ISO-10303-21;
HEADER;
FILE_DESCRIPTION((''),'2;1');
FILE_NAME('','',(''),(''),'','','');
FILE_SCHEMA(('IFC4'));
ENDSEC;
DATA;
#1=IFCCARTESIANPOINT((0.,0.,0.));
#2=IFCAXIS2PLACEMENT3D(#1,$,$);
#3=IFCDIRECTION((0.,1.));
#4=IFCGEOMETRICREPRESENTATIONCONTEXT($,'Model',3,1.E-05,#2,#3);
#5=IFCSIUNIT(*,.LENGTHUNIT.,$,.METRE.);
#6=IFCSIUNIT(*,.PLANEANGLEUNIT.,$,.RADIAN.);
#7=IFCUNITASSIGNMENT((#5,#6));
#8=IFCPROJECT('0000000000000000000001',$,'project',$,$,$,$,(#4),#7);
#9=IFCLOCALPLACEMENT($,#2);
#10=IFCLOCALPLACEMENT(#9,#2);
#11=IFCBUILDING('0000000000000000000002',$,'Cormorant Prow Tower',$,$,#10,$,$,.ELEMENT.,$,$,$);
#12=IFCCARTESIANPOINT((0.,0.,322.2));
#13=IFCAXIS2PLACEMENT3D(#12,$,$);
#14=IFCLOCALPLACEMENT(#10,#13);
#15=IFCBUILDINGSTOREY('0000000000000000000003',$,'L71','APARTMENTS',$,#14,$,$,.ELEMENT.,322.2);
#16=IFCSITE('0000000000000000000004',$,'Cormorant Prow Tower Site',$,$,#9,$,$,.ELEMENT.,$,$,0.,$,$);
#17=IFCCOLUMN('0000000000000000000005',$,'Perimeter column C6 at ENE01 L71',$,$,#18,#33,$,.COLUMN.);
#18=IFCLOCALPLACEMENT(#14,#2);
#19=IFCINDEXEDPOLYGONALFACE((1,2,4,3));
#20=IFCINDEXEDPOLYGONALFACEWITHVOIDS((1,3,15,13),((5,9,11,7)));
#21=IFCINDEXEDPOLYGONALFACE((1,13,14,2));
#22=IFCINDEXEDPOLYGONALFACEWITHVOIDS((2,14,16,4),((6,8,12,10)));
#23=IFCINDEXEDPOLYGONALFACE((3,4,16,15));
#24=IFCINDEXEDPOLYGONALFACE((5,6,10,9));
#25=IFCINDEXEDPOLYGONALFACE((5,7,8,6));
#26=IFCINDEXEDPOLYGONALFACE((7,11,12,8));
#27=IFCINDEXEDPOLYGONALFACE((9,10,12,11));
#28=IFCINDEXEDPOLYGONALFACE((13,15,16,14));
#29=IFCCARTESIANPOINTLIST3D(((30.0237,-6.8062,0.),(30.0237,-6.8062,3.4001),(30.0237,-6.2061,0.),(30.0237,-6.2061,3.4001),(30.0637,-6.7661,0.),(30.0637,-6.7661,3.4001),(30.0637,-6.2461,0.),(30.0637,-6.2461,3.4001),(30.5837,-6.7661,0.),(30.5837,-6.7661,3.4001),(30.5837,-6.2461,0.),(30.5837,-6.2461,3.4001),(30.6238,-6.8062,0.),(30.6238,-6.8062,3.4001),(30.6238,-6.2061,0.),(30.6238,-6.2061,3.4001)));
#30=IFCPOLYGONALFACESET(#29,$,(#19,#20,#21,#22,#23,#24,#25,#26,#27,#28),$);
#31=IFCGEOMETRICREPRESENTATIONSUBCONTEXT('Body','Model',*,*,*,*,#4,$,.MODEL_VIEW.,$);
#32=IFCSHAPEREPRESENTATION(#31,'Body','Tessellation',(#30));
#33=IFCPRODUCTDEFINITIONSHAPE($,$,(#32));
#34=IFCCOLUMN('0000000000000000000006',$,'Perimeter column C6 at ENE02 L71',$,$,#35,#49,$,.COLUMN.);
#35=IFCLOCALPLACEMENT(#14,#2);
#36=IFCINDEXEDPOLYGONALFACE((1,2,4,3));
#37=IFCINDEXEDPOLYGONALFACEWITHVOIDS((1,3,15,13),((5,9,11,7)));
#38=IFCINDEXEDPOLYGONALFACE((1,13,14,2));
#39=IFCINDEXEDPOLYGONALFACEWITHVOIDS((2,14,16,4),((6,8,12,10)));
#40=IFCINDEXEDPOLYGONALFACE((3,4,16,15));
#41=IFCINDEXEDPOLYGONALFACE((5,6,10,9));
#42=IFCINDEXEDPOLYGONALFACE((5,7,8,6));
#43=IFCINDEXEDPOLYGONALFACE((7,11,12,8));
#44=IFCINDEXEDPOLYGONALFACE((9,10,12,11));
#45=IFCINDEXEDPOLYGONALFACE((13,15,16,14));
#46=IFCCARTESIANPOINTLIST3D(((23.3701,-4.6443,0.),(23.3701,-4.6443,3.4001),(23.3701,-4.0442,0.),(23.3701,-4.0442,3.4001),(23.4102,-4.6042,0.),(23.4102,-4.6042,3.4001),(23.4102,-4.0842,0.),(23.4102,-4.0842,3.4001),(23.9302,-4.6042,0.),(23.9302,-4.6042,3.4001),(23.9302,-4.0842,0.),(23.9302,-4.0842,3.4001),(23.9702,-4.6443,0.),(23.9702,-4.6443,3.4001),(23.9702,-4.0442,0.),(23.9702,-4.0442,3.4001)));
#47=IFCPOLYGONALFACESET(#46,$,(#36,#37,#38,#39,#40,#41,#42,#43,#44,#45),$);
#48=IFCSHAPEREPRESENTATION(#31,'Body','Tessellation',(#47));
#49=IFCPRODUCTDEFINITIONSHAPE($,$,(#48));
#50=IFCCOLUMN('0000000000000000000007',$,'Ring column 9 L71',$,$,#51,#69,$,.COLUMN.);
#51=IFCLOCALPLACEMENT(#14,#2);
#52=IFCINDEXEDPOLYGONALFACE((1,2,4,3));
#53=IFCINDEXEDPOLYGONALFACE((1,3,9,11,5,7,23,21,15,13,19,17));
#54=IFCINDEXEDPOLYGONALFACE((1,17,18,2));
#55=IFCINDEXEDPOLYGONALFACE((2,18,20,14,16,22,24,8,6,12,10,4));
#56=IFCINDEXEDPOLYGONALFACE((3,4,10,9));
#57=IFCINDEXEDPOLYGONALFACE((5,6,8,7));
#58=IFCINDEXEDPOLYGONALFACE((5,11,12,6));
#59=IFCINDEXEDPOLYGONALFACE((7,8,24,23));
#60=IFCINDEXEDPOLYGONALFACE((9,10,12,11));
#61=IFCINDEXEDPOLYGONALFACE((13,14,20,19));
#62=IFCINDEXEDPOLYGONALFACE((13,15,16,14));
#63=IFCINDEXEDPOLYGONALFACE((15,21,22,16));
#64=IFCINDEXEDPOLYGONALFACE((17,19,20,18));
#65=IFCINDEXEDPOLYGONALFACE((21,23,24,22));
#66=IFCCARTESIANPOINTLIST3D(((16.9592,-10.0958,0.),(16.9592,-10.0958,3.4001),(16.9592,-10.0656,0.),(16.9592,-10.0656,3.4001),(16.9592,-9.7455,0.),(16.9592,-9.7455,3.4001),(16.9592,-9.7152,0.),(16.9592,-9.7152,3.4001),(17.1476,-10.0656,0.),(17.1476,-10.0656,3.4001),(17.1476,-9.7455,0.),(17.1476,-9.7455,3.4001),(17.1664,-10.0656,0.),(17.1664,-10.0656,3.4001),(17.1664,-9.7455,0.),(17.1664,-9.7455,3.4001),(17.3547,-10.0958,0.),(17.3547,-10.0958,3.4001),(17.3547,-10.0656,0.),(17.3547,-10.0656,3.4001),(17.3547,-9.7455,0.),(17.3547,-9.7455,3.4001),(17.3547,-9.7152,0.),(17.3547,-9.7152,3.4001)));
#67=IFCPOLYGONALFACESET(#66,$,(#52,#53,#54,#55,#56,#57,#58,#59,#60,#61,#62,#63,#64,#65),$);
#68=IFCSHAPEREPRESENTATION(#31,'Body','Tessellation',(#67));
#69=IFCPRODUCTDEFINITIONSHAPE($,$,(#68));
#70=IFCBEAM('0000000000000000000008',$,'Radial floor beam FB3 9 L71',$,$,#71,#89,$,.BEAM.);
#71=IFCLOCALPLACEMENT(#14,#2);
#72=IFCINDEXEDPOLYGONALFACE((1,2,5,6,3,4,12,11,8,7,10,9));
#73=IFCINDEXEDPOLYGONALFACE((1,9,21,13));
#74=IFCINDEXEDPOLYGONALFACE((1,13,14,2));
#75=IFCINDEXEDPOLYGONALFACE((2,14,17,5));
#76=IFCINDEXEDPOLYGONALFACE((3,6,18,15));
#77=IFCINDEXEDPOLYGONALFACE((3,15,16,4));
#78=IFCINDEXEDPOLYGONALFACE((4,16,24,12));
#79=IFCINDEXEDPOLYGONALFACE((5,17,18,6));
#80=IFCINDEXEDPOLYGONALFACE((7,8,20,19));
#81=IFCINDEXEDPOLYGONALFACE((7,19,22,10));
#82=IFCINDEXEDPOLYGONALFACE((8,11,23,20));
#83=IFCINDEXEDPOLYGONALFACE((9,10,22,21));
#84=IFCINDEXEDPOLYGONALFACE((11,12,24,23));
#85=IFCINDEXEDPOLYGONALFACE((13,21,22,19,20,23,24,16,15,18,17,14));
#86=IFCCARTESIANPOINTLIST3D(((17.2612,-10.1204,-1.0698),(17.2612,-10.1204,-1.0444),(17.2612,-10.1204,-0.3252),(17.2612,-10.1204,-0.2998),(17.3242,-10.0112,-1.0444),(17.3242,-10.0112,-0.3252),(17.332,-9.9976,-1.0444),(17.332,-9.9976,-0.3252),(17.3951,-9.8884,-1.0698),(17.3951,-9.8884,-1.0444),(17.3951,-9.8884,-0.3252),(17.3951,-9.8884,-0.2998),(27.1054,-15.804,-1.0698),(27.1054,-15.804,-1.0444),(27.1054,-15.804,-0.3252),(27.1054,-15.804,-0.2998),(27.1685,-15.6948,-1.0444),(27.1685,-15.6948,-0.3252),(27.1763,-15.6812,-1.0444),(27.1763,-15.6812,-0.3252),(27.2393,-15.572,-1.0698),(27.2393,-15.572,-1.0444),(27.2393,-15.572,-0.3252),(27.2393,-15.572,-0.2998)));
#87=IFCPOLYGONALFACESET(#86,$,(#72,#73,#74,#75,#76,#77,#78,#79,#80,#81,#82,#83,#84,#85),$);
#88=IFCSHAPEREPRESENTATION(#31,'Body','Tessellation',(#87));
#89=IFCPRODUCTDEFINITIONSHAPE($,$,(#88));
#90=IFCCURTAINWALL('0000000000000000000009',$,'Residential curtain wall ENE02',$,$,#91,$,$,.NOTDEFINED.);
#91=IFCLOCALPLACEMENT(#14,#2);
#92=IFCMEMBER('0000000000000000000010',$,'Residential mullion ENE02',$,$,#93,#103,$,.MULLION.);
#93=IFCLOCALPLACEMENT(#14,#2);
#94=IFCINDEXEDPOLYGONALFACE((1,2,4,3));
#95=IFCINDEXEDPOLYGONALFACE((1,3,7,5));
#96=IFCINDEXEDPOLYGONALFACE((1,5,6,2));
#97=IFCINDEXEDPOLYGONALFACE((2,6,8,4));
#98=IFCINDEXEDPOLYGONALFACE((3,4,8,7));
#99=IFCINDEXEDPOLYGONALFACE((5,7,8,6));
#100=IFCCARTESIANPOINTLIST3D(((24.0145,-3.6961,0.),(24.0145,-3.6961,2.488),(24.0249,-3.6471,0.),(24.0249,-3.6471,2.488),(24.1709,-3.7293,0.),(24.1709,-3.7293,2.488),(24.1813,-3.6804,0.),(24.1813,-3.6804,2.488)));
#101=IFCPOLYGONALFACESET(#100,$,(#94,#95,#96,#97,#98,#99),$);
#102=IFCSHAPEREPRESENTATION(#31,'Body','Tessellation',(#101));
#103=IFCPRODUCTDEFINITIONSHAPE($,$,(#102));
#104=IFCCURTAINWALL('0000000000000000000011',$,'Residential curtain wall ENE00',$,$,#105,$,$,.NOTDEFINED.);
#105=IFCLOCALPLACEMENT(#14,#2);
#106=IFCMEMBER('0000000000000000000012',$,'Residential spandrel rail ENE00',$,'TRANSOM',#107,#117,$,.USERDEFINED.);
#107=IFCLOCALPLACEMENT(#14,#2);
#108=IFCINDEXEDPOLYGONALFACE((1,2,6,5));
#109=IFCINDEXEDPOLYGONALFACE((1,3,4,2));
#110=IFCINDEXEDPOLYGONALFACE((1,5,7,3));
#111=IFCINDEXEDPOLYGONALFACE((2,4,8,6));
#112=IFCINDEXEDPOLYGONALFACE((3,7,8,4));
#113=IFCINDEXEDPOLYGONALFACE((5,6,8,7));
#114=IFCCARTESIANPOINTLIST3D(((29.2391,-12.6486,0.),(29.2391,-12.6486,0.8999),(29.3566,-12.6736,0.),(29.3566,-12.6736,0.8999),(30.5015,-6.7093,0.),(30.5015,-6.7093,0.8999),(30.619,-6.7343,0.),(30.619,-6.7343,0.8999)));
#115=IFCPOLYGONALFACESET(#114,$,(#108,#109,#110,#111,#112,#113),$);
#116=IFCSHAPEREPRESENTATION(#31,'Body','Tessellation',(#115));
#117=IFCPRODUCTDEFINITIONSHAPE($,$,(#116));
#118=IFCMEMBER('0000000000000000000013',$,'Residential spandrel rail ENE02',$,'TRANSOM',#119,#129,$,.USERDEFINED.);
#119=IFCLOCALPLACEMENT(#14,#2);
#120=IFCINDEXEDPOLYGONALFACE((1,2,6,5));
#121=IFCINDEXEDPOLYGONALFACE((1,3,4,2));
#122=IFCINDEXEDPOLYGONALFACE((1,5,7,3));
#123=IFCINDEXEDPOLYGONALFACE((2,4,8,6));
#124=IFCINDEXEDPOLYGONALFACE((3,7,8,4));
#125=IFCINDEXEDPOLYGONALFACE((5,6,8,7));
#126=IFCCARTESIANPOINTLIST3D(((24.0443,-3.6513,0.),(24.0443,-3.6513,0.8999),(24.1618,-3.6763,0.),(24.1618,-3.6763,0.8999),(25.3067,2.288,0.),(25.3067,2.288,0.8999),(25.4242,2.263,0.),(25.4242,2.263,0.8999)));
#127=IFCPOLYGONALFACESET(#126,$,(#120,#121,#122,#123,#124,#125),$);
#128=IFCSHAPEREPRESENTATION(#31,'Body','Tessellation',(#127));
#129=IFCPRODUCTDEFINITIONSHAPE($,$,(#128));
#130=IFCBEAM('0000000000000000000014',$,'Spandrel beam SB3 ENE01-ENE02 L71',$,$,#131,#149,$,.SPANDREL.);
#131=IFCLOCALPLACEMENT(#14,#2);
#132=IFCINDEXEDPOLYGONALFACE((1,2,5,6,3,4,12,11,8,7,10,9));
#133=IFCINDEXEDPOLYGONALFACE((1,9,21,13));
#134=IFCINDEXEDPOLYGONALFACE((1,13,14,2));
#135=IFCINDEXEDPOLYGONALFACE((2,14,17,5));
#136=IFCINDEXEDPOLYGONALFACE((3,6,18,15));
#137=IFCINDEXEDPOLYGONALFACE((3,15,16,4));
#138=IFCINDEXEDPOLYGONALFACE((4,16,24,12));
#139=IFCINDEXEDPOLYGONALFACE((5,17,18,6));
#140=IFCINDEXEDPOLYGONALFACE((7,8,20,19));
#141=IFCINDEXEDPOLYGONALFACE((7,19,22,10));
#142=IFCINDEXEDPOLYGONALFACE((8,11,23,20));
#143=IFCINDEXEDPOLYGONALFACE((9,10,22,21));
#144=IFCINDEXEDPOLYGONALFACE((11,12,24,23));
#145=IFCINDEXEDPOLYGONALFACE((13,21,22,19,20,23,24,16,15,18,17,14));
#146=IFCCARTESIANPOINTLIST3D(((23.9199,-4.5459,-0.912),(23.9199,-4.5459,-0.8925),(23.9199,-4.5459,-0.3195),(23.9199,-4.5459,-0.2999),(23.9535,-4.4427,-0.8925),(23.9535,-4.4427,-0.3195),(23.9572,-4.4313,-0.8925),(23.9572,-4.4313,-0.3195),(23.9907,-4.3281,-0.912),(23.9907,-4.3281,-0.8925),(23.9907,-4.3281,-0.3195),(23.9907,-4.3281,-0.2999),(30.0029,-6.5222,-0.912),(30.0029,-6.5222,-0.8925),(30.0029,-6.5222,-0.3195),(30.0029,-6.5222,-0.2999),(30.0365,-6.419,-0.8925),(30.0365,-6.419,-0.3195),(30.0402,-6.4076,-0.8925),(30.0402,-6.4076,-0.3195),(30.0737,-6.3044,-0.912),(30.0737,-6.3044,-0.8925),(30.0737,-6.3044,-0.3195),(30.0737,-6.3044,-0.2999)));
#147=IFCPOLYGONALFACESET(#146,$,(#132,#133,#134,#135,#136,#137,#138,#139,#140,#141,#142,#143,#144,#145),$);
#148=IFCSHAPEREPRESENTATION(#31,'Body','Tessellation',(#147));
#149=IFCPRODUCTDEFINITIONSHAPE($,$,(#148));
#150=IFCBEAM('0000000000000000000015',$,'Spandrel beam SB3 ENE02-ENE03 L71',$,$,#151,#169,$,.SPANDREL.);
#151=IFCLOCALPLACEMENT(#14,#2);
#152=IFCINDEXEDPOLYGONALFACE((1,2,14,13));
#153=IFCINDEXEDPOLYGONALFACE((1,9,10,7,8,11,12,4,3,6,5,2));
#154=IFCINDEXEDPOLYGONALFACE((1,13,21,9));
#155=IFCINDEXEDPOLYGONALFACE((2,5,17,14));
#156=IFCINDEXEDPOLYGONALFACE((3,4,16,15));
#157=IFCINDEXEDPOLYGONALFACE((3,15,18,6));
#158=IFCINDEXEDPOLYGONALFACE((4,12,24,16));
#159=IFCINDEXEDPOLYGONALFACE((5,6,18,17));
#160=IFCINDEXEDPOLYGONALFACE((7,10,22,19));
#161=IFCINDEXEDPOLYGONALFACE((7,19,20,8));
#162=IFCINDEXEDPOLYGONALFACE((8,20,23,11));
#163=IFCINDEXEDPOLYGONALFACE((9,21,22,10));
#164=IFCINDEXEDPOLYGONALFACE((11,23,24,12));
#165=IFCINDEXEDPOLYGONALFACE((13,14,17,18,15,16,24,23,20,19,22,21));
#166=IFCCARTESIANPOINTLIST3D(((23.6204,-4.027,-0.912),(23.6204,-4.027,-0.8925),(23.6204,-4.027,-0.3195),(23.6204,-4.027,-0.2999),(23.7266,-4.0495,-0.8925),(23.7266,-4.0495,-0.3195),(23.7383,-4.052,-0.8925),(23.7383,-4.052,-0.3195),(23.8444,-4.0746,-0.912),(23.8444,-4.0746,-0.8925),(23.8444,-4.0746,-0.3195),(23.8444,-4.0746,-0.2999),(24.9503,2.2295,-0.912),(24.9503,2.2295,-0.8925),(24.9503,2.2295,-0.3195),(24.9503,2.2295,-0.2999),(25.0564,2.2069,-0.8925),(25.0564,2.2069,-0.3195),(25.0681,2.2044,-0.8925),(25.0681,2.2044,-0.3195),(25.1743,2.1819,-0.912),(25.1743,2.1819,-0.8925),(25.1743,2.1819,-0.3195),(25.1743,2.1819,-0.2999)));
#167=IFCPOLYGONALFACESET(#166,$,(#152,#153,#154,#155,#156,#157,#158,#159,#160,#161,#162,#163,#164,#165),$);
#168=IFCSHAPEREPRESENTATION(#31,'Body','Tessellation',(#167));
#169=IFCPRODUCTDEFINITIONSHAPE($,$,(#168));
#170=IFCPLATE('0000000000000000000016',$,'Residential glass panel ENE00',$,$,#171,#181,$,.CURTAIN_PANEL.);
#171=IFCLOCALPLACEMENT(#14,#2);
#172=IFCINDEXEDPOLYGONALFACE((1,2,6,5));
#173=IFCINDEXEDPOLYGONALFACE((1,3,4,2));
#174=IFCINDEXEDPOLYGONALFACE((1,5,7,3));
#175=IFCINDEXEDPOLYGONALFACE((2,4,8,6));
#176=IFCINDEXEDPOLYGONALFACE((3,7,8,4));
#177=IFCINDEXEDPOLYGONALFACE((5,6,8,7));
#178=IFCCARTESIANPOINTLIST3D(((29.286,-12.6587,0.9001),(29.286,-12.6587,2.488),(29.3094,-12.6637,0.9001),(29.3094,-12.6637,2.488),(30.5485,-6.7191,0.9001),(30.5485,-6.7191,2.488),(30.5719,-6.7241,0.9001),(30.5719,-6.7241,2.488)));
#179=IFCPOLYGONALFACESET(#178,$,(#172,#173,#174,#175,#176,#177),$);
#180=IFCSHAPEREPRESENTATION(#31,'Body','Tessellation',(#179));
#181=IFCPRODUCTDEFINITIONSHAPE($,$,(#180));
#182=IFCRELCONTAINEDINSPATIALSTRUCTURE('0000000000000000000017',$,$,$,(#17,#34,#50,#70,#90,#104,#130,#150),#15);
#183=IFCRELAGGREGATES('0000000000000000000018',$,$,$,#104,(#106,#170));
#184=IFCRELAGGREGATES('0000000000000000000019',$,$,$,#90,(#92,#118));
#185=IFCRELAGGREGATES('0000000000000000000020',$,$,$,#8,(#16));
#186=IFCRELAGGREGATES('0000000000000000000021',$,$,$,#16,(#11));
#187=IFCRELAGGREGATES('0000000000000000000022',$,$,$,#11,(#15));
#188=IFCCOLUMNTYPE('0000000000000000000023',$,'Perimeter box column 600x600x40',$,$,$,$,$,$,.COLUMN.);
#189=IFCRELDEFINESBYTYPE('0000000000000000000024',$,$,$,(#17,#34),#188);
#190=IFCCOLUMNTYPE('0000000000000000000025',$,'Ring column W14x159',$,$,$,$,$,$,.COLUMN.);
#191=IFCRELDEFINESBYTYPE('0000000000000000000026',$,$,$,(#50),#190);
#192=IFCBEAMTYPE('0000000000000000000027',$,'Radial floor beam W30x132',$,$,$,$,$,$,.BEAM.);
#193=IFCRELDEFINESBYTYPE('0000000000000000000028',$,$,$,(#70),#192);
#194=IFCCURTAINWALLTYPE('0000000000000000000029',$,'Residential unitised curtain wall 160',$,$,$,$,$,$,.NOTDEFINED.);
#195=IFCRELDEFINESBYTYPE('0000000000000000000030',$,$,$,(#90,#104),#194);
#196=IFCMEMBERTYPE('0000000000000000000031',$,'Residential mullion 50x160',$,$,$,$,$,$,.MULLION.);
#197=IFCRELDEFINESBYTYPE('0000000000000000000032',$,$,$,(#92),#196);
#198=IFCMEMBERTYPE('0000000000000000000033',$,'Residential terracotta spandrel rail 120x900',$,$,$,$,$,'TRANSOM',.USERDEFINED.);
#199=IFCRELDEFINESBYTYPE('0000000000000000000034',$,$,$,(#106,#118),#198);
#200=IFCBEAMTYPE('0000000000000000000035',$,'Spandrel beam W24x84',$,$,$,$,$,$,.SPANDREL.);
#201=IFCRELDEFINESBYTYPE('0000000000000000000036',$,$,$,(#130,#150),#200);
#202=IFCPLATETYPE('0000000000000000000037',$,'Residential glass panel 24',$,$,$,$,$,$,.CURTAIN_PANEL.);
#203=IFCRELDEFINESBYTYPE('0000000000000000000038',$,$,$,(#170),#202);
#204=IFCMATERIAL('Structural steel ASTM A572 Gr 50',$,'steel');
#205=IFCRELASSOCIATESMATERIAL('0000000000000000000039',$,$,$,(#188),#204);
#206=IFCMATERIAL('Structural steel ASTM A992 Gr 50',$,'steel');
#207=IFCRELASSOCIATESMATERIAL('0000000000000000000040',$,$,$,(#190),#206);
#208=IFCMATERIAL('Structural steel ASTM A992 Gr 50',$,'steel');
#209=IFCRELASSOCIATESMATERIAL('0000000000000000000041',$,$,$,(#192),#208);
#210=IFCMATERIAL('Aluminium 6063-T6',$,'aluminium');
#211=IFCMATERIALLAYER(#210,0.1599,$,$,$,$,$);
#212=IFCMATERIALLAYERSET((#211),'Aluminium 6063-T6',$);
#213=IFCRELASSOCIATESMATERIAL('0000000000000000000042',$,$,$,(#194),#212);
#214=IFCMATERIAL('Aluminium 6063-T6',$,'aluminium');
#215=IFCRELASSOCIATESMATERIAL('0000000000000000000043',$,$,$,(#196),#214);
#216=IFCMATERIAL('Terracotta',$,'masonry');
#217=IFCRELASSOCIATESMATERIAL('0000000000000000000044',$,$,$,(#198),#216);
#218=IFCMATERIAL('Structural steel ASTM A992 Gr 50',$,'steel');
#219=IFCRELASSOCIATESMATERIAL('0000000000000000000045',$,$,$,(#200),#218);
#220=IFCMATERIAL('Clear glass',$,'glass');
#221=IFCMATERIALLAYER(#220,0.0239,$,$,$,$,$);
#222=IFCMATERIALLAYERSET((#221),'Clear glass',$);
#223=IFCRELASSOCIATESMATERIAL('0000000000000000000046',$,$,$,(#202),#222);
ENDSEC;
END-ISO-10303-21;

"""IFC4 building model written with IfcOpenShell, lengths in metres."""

from ifc_helpers import new_model, si_unit, direction, frame, origin, origin_2d, place, context, subcontext, project, spatial, rectangle, hollow_rectangle, i_section, extrude, material, layer, layer_set, material_profile, profile_set, type_object, element, aggregate, save


model = new_model("IFC4")

# Units and contexts
model_context = context("Model", 3, precision=1e-05, world=origin(), true_north=direction((0.0, 1.0)))
body_context = subcontext(model_context, "Body", "Model", "MODEL_VIEW")
ifc_project = project(units=[si_unit("LENGTHUNIT", "METRE"), si_unit("PLANEANGLEUNIT", "RADIAN")], contexts=[model_context])

# Site, building, storey
site_placement = place(None, origin())
site = spatial("IfcSite", under=ifc_project, at=site_placement, Name="Cormorant Prow Tower Site", CompositionType="ELEMENT", RefElevation=0.0)
building_placement = place(site_placement, origin())
building = spatial("IfcBuilding", under=site, at=building_placement, Name="Cormorant Prow Tower", CompositionType="ELEMENT")
storey_placement = place(building_placement, frame((0.0, 0.0, 322.2)))
storey = spatial("IfcBuildingStorey", under=building, at=storey_placement, Name="L71", Description="APARTMENTS", CompositionType="ELEMENT", Elevation=322.2)

# Columns
ifc_material_1 = material(Name="Structural steel ASTM A572 Gr 50", Category="steel")
ifc_material_profile_1 = material_profile(ifc_material_1, hollow_rectangle(XDim=0.6001, YDim=0.6001, WallThickness=0.04, at=origin_2d()), Name="Box 600x600x40")
ifc_profile_set_1 = profile_set([ifc_material_profile_1], Name="Structural steel ASTM A572 Gr 50")
column_type_1 = type_object("IfcColumnType", Name="Perimeter box column 600x600x40", PredefinedType="COLUMN", material=ifc_profile_set_1)
for number, where, z_axis, x_axis, name in (
    (1, (30.3237, -6.5061, 0.0), (0.0, 0.0, 1.0), (1.0, 0.0, 0.0), "Perimeter column C6 at ENE01 L71"),
    (2, (23.6702, -4.3442, 0.0), (0.0, 0.0, 1.0), (1.0, 0.0, 0.0), "Perimeter column C6 at ENE02 L71"),
):
    element("IfcColumn", number, at=place(storey_placement, frame(where, z_axis=z_axis, x_axis=x_axis)), inside=storey, type_object=column_type_1, Name=name, PredefinedType="COLUMN", context=body_context, shape_type="SweptSolid", body=[
        extrude(hollow_rectangle(XDim=0.6001, YDim=0.6001, WallThickness=0.04, at=origin_2d()), origin(), (0.0, 0.0, 1.0), 3.4001),
    ])
ifc_material_2 = material(Name="Structural steel ASTM A992 Gr 50", Category="steel")
ifc_material_profile_2 = material_profile(ifc_material_2, i_section(OverallWidth=0.3955, OverallDepth=0.3806, WebThickness=0.0188, FlangeThickness=0.0303, at=origin_2d()), Name="W14x159")
ifc_profile_set_2 = profile_set([ifc_material_profile_2], Name="Structural steel ASTM A992 Gr 50")
column_type_2 = type_object("IfcColumnType", Name="Ring column W14x159", PredefinedType="COLUMN", material=ifc_profile_set_2)
column_placement = place(storey_placement, frame((17.157, -9.9055, 0.0), z_axis=(0.0, 0.0, 1.0), x_axis=(1.0, 0.0, 0.0)))
element("IfcColumn", 3, at=column_placement, inside=storey, type_object=column_type_2, Name="Ring column 9 L71", PredefinedType="COLUMN", context=body_context, shape_type="SweptSolid", body=[
    extrude(i_section(OverallWidth=0.3955, OverallDepth=0.3806, WebThickness=0.0188, FlangeThickness=0.0303, at=origin_2d()), origin(), (0.0, 0.0, 1.0), 3.4001),
])

# Beam
ifc_material_3 = material(Name="Structural steel ASTM A992 Gr 50", Category="steel")
ifc_material_profile_3 = material_profile(ifc_material_3, i_section(OverallWidth=0.2678, OverallDepth=0.77, WebThickness=0.0156, FlangeThickness=0.0254, at=origin_2d()), Name="W30x132")
ifc_profile_set_3 = profile_set([ifc_material_profile_3], Name="Structural steel ASTM A992 Gr 50")
beam_type_1 = type_object("IfcBeamType", Name="Radial floor beam W30x132", PredefinedType="BEAM", material=ifc_profile_set_3)
beam_1_placement = place(storey_placement, frame((17.3281, -10.0044, -0.6848), z_axis=(0.866025, -0.500001, 0.0), x_axis=(0.500001, 0.866025, 0.0)))
element("IfcBeam", 4, at=beam_1_placement, inside=storey, type_object=beam_type_1, Name="Radial floor beam FB3 9 L71", PredefinedType="BEAM", context=body_context, shape_type="SweptSolid", body=[
    extrude(i_section(OverallWidth=0.2678, OverallDepth=0.77, WebThickness=0.0156, FlangeThickness=0.0254, at=origin_2d()), origin(), (0.0, 0.0, 1.0), 11.3672),
])

# Curtain walls, members
ifc_material_4 = material(Name="Aluminium 6063-T6", Category="aluminium")
ifc_layer_1 = layer(ifc_material_4, 0.1599)
ifc_layer_set_1 = layer_set([ifc_layer_1], Name="Aluminium 6063-T6")
curtain_wall_type = type_object("IfcCurtainWallType", Name="Residential unitised curtain wall 160", PredefinedType="NOTDEFINED", material=ifc_layer_set_1)
curtain_wall_1_placement = place(storey_placement, origin())
curtain_wall_1 = element("IfcCurtainWall", 5, at=curtain_wall_1_placement, inside=storey, type_object=curtain_wall_type, Name="Residential curtain wall ENE02", PredefinedType="NOTDEFINED")
ifc_material_5 = material(Name="Aluminium 6063-T6", Category="aluminium")
ifc_material_profile_4 = material_profile(ifc_material_5, rectangle(XDim=0.1599, YDim=0.05, at=origin_2d()), Name="Residential mullion 50x160")
ifc_profile_set_4 = profile_set([ifc_material_profile_4], Name="Aluminium 6063-T6")
member_type_1 = type_object("IfcMemberType", Name="Residential mullion 50x160", PredefinedType="MULLION", material=ifc_profile_set_4)
member_1_placement = place(storey_placement, frame((24.0979, -3.6882, 0.0), z_axis=(0.0, 0.0, 1.0), x_axis=(-0.978148, 0.207912, 0.0)))
member_1 = element("IfcMember", 6, at=member_1_placement, type_object=member_type_1, Name="Residential mullion ENE02", PredefinedType="MULLION", context=body_context, shape_type="SweptSolid", body=[
    extrude(rectangle(XDim=0.1599, YDim=0.05, at=origin_2d()), origin(), (0.0, 0.0, 1.0), 2.488),
])
curtain_wall_2_placement = place(storey_placement, origin())
curtain_wall_2 = element("IfcCurtainWall", 7, at=curtain_wall_2_placement, inside=storey, type_object=curtain_wall_type, Name="Residential curtain wall ENE00", PredefinedType="NOTDEFINED")
ifc_material_6 = material(Name="Terracotta", Category="masonry")
ifc_material_profile_5 = material_profile(ifc_material_6, rectangle(XDim=0.1201, YDim=0.8999, at=origin_2d()), Name="Residential terracotta spandrel rail 120x900")
ifc_profile_set_5 = profile_set([ifc_material_profile_5], Name="Terracotta")
member_type_2 = type_object("IfcMemberType", Name="Residential terracotta spandrel rail 120x900", ElementType="TRANSOM", PredefinedType="USERDEFINED", material=ifc_profile_set_5)
member_2_placement = place(storey_placement, frame((29.2979, -12.6611, 0.45), z_axis=(0.207909, 0.978148, 0.0), x_axis=(-0.978148, 0.207909, 0.0)))
member_2 = element("IfcMember", 8, at=member_2_placement, type_object=member_type_2, Name="Residential spandrel rail ENE00", ObjectType="TRANSOM", PredefinedType="USERDEFINED", context=body_context, shape_type="SweptSolid", body=[
    extrude(rectangle(XDim=0.1201, YDim=0.8999, at=origin_2d()), origin(), (0.0, 0.0, 1.0), 6.072),
])

# Member
member_3_placement = place(storey_placement, frame((24.103, -3.6638, 0.45), z_axis=(0.207909, 0.978148, 0.0), x_axis=(-0.978148, 0.207909, 0.0)))
member_3 = element("IfcMember", 9, at=member_3_placement, type_object=member_type_2, Name="Residential spandrel rail ENE02", ObjectType="TRANSOM", PredefinedType="USERDEFINED", context=body_context, shape_type="SweptSolid", body=[
    extrude(rectangle(XDim=0.1201, YDim=0.8999, at=origin_2d()), origin(), (0.0, 0.0, 1.0), 6.072),
])

# Beams
ifc_material_7 = material(Name="Structural steel ASTM A992 Gr 50", Category="steel")
ifc_material_profile_6 = material_profile(ifc_material_7, i_section(OverallWidth=0.229, OverallDepth=0.6121, WebThickness=0.012, FlangeThickness=0.0195, at=origin_2d()), Name="W24x84")
ifc_profile_set_6 = profile_set([ifc_material_profile_6], Name="Structural steel ASTM A992 Gr 50")
beam_type_2 = type_object("IfcBeamType", Name="Spandrel beam W24x84", PredefinedType="SPANDREL", material=ifc_profile_set_6)
beam_2_placement = place(storey_placement, frame((30.0383, -6.4133, -0.606), z_axis=(-0.951064, 0.308993, 0.0), x_axis=(-0.308993, -0.951064, 0.0)))
element("IfcBeam", 10, at=beam_2_placement, inside=storey, type_object=beam_type_2, Name="Spandrel beam SB3 ENE01-ENE02 L71", PredefinedType="SPANDREL", context=body_context, shape_type="SweptSolid", body=[
    extrude(i_section(OverallWidth=0.229, OverallDepth=0.6121, WebThickness=0.012, FlangeThickness=0.0195, at=origin_2d()), origin(), (0.0, 0.0, 1.0), 6.396),
])
beam_3_placement = place(storey_placement, frame((23.7324, -4.0508, -0.606), z_axis=(0.207913, 0.978147, 0.0), x_axis=(-0.978147, 0.207913, 0.0)))
element("IfcBeam", 11, at=beam_3_placement, inside=storey, type_object=beam_type_2, Name="Spandrel beam SB3 ENE02-ENE03 L71", PredefinedType="SPANDREL", context=body_context, shape_type="SweptSolid", body=[
    extrude(i_section(OverallWidth=0.229, OverallDepth=0.6121, WebThickness=0.012, FlangeThickness=0.0195, at=origin_2d()), origin(), (0.0, 0.0, 1.0), 6.3962),
])

# Plate
ifc_material_8 = material(Name="Clear glass", Category="glass")
ifc_layer_2 = layer(ifc_material_8, 0.0239)
ifc_layer_set_2 = layer_set([ifc_layer_2], Name="Clear glass")
plate_type = type_object("IfcPlateType", Name="Residential glass panel 24", PredefinedType="CURTAIN_PANEL", material=ifc_layer_set_2)
plate_1_placement = place(storey_placement, frame((29.929, -9.6914, 0.9001), z_axis=(0.0, 0.0, 1.0), x_axis=(0.207912, 0.978148, 0.0)))
plate_1 = element("IfcPlate", 12, at=plate_1_placement, type_object=plate_type, Name="Residential glass panel ENE00", PredefinedType="CURTAIN_PANEL", context=body_context, shape_type="SweptSolid", body=[
    extrude(rectangle(XDim=6.0723, YDim=0.0239, at=origin_2d()), origin(), (0.0, 0.0, 1.0), 1.5879),
])
aggregate(curtain_wall_2, [member_2, plate_1])
aggregate(curtain_wall_1, [member_1, member_3])

save(model, "model.ifc")
